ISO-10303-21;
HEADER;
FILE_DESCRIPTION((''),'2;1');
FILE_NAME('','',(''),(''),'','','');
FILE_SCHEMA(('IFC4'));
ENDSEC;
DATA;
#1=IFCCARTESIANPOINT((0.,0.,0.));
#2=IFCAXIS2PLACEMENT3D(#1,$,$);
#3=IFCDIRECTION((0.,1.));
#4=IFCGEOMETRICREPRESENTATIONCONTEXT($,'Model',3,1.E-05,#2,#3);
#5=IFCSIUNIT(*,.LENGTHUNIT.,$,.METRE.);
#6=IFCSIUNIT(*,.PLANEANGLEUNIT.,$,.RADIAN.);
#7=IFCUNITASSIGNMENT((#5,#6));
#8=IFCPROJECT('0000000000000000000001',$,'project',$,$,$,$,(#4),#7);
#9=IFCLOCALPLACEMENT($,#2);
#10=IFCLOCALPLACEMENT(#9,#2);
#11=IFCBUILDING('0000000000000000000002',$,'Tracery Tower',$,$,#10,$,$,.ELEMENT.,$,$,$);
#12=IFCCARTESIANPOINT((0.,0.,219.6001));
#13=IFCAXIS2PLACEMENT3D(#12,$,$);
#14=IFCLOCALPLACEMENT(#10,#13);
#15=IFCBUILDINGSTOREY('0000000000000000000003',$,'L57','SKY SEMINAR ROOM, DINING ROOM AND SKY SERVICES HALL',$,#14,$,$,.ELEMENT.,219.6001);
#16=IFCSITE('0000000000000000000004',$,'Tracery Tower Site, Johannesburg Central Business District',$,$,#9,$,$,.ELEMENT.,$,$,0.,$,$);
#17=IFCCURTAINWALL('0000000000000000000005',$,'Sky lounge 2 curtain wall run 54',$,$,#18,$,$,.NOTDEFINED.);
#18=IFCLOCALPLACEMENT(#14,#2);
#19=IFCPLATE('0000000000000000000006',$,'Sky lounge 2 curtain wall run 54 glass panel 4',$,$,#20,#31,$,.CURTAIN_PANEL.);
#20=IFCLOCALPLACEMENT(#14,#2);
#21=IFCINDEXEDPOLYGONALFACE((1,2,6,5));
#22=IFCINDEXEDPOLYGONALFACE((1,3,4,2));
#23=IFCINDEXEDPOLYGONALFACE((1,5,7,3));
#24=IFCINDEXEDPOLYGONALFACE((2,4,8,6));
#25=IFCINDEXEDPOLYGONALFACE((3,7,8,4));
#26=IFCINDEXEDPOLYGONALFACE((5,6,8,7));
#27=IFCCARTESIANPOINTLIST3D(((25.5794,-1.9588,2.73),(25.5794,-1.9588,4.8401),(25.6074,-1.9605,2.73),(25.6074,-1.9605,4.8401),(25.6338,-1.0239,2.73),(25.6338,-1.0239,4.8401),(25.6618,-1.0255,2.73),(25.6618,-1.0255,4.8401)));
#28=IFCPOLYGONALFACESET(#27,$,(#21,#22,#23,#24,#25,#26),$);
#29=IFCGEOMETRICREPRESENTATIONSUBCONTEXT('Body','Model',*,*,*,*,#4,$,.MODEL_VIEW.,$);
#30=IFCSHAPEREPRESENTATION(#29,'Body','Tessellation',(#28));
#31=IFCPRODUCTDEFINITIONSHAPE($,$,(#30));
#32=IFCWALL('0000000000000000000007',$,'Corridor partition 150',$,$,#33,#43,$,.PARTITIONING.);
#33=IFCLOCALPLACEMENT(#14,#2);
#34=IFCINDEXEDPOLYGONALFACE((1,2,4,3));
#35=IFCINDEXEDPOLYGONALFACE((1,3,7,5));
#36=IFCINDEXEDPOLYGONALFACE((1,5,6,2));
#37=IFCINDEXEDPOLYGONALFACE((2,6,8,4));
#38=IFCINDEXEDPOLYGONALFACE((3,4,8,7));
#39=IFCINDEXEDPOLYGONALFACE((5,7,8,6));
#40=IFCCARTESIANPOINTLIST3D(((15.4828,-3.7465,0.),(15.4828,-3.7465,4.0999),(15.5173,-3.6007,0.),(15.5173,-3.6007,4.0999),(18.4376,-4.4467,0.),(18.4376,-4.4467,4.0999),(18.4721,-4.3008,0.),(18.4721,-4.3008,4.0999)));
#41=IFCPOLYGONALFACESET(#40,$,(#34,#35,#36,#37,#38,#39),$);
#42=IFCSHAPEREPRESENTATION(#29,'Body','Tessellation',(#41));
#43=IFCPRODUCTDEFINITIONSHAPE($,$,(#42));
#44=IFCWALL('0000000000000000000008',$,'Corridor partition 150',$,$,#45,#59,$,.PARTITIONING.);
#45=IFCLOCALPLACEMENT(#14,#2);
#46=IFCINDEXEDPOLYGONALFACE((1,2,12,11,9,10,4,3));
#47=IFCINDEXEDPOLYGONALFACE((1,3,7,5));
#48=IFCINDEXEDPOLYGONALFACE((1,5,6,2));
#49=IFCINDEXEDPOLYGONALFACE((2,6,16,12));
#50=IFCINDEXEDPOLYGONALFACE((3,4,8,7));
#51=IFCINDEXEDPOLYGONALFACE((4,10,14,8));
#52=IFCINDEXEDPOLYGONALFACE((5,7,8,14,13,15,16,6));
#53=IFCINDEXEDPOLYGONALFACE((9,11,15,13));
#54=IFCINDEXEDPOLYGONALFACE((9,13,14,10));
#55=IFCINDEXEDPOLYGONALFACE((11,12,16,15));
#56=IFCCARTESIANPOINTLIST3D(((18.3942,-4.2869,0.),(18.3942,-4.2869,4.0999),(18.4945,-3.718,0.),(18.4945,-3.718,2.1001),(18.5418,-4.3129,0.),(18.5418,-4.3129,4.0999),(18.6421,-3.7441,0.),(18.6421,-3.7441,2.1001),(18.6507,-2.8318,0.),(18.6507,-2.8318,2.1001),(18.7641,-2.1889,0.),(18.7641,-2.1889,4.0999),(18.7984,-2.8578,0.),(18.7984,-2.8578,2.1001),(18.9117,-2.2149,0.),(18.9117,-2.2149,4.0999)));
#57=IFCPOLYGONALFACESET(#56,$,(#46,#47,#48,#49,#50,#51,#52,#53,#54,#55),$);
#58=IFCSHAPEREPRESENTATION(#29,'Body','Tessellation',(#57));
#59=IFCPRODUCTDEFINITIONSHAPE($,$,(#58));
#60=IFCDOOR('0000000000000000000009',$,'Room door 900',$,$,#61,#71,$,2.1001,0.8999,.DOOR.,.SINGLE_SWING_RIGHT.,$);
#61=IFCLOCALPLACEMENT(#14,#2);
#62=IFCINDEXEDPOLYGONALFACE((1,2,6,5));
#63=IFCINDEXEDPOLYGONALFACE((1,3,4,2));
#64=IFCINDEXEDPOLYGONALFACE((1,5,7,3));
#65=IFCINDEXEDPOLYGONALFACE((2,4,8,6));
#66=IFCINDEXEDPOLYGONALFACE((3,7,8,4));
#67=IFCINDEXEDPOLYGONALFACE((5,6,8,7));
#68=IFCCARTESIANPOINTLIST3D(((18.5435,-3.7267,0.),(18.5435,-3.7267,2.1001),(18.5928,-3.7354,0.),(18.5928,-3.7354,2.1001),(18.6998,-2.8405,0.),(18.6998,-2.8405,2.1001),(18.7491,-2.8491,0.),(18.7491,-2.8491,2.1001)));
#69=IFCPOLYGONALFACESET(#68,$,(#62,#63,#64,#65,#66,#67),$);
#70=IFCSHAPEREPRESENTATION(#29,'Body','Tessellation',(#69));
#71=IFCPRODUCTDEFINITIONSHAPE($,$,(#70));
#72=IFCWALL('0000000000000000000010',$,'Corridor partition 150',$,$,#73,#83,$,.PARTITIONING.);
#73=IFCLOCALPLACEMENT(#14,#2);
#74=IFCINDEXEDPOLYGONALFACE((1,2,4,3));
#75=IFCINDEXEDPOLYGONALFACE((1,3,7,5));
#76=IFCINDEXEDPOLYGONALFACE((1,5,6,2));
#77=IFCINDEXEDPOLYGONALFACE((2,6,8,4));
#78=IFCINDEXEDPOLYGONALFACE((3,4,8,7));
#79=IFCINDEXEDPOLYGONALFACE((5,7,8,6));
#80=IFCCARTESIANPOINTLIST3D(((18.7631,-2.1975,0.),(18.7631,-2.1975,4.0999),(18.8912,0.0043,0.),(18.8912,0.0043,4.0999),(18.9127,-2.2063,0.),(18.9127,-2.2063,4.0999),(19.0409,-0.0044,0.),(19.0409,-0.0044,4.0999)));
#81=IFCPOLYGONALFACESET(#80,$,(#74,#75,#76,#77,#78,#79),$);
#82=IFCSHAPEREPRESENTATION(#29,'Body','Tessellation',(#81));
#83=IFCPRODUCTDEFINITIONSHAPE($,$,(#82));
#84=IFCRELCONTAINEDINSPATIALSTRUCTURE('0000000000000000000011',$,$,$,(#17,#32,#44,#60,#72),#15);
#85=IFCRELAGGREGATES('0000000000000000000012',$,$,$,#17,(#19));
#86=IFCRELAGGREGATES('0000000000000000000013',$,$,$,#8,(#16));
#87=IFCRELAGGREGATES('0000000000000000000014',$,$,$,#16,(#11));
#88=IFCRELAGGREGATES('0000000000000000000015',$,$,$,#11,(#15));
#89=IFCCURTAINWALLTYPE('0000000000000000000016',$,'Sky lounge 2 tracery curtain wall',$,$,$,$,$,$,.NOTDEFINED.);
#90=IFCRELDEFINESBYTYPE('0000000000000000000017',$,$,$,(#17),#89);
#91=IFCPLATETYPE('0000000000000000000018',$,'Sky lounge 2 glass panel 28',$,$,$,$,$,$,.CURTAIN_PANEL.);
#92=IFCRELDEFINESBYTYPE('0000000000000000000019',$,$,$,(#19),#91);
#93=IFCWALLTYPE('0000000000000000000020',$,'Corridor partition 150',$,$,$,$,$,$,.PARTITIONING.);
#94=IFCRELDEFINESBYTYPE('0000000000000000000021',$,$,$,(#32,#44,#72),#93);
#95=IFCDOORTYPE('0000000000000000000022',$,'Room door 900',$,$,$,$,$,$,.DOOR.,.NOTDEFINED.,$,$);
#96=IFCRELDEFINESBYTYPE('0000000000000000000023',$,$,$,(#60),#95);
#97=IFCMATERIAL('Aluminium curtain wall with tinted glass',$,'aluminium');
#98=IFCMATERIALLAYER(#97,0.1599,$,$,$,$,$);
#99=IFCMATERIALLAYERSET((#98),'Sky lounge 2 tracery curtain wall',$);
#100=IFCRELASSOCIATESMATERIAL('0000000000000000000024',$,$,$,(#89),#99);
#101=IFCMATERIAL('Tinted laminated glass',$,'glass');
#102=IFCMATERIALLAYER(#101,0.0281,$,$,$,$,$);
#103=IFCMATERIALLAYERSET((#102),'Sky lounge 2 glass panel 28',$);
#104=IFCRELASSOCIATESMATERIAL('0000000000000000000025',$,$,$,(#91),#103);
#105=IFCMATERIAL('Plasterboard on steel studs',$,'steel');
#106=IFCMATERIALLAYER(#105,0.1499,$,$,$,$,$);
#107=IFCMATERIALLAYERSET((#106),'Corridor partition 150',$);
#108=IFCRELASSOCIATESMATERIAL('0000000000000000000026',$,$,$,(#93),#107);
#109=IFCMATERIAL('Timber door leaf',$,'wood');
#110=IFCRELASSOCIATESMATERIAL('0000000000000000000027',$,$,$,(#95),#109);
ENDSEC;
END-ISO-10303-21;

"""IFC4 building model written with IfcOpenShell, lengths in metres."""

from ifc_helpers import new_model, si_unit, direction, frame, frame_2d, origin, origin_2d, place, context, subcontext, project, spatial, rectangle, extrude, material, layer, layer_set, type_object, element, fill, aggregate, save


model = new_model("IFC4")

# Units and contexts
model_context = context("Model", 3, precision=1e-05, world=origin(), true_north=direction((0.0, 1.0)))
body_context = subcontext(model_context, "Body", "Model", "MODEL_VIEW")
ifc_project = project(units=[si_unit("LENGTHUNIT", "METRE"), si_unit("PLANEANGLEUNIT", "RADIAN")], contexts=[model_context])

# Site, building, storey
site_placement = place(None, origin())
site = spatial("IfcSite", under=ifc_project, at=site_placement, Name="Tracery Tower Site, Johannesburg Central Business District", CompositionType="ELEMENT", RefElevation=0.0)
building_placement = place(site_placement, origin())
building = spatial("IfcBuilding", under=site, at=building_placement, Name="Tracery Tower", CompositionType="ELEMENT")
storey_placement = place(building_placement, frame((0.0, 0.0, 219.6001)))
storey = spatial("IfcBuildingStorey", under=building, at=storey_placement, Name="L57", Description="SKY SEMINAR ROOM, DINING ROOM AND SKY SERVICES HALL", CompositionType="ELEMENT", Elevation=219.6001)

# Curtain wall
ifc_material_1 = material(Name="Aluminium curtain wall with tinted glass", Category="aluminium")
ifc_layer_1 = layer(ifc_material_1, 0.1599)
ifc_layer_set_1 = layer_set([ifc_layer_1], Name="Sky lounge 2 tracery curtain wall")
curtain_wall_type = type_object("IfcCurtainWallType", Name="Sky lounge 2 tracery curtain wall", PredefinedType="NOTDEFINED", material=ifc_layer_set_1)
curtain_wall_1_placement = place(storey_placement, origin())
curtain_wall_1 = element("IfcCurtainWall", 1, at=curtain_wall_1_placement, inside=storey, type_object=curtain_wall_type, Name="Sky lounge 2 curtain wall run 54", PredefinedType="NOTDEFINED")

# Plate
ifc_material_2 = material(Name="Tinted laminated glass", Category="glass")
ifc_layer_2 = layer(ifc_material_2, 0.0281)
ifc_layer_set_2 = layer_set([ifc_layer_2], Name="Sky lounge 2 glass panel 28")
plate_type = type_object("IfcPlateType", Name="Sky lounge 2 glass panel 28", PredefinedType="CURTAIN_PANEL", material=ifc_layer_set_2)
plate_1_placement = place(storey_placement, frame((25.6206, -1.4922, 2.73), z_axis=(0.0, 0.0, 1.0), x_axis=(0.058145, 0.998308, 0.0)))
plate_1 = element("IfcPlate", 2, at=plate_1_placement, type_object=plate_type, Name="Sky lounge 2 curtain wall run 54 glass panel 4", PredefinedType="CURTAIN_PANEL", context=body_context, shape_type="SweptSolid", body=[
    extrude(rectangle(XDim=0.9365, YDim=0.0281, at=origin_2d()), origin(), (0.0, 0.0, 1.0), 2.1101),
])
aggregate(curtain_wall_1, [plate_1])

# Shared definitions
ifc_material_3 = material(Name="Plasterboard on steel studs", Category="steel")
ifc_layer_3 = layer(ifc_material_3, 0.1499)
ifc_layer_set_3 = layer_set([ifc_layer_3], Name="Corridor partition 150")
wall_type = type_object("IfcWallType", Name="Corridor partition 150", PredefinedType="PARTITIONING", material=ifc_layer_set_3)

# Wall
wall_1_placement = place(storey_placement, frame((18.4548, -4.3738, 0.0), z_axis=(0.0, 0.0, 1.0), x_axis=(-0.973053, 0.230581, 0.0)))
element("IfcWall", 3, at=wall_1_placement, inside=storey, type_object=wall_type, Name="Corridor partition 150", PredefinedType="PARTITIONING", context=body_context, shape_type="SweptSolid", body=[
    extrude(rectangle(XDim=3.0366, YDim=0.1499, at=frame_2d((1.5183, 0.0))), origin(), (0.0, 0.0, 1.0), 4.0999),
])

# Wall, opening, door
wall_2_placement = place(storey_placement, frame((18.8379, -2.2019, 0.0), z_axis=(0.0, 0.0, 1.0), x_axis=(-0.173628, -0.984811, 0.0)))
wall_2 = element("IfcWall", 4, at=wall_2_placement, inside=storey, type_object=wall_type, Name="Corridor partition 150", PredefinedType="PARTITIONING", context=body_context, shape_type="SweptSolid", body=[
    extrude(rectangle(XDim=2.1304, YDim=0.1499, at=frame_2d((1.0652, 0.0))), origin(), (0.0, 0.0, 1.0), 4.0999),
])
opening_1_placement = place(wall_2_placement, frame((0.6528, 0.0, 0.0)))
opening_1 = element("IfcOpeningElement", 5, at=opening_1_placement, cuts=wall_2, PredefinedType="OPENING", context=body_context, shape_type="SweptSolid", body=[
    extrude(rectangle(XDim=0.8999, YDim=2.1001, at=frame_2d((0.45, 1.05))), frame((0.0, 0.075, 0.0), z_axis=(0.0, -1.0, 0.0), x_axis=(1.0, 0.0, 0.0)), (0.0, 0.0, 1.0), 0.1499),
])
ifc_material_4 = material(Name="Timber door leaf", Category="wood")
door_type_1 = type_object("IfcDoorType", Name="Room door 900", OperationType="NOTDEFINED", PredefinedType="DOOR", material=ifc_material_4)
door_1_placement = place(opening_1_placement, origin())
door_1 = element("IfcDoor", 6, at=door_1_placement, inside=storey, type_object=door_type_1, Name="Room door 900", OperationType="SINGLE_SWING_RIGHT", OverallHeight=2.1001, OverallWidth=0.8999, PredefinedType="DOOR", context=body_context, shape_type="SweptSolid", body=[
    extrude(rectangle(XDim=0.8999, YDim=2.1001, at=frame_2d((0.45, 1.05))), frame((0.0, 0.0249, 0.0), z_axis=(0.0, -1.0, 0.0), x_axis=(1.0, 0.0, 0.0)), (0.0, 0.0, 1.0), 0.05),
])
fill(opening_1, door_1)

# Wall
wall_3_placement = place(storey_placement, frame((18.8379, -2.2019, 0.0), z_axis=(0.0, 0.0, 1.0), x_axis=(0.058112, 0.99831, 0.0)))
element("IfcWall", 7, at=wall_3_placement, inside=storey, type_object=wall_type, Name="Corridor partition 150", PredefinedType="PARTITIONING", context=body_context, shape_type="SweptSolid", body=[
    extrude(rectangle(XDim=2.2056, YDim=0.1499, at=frame_2d((1.1028, 0.0))), origin(), (0.0, 0.0, 1.0), 4.0999),
])

save(model, "model.ifc")
